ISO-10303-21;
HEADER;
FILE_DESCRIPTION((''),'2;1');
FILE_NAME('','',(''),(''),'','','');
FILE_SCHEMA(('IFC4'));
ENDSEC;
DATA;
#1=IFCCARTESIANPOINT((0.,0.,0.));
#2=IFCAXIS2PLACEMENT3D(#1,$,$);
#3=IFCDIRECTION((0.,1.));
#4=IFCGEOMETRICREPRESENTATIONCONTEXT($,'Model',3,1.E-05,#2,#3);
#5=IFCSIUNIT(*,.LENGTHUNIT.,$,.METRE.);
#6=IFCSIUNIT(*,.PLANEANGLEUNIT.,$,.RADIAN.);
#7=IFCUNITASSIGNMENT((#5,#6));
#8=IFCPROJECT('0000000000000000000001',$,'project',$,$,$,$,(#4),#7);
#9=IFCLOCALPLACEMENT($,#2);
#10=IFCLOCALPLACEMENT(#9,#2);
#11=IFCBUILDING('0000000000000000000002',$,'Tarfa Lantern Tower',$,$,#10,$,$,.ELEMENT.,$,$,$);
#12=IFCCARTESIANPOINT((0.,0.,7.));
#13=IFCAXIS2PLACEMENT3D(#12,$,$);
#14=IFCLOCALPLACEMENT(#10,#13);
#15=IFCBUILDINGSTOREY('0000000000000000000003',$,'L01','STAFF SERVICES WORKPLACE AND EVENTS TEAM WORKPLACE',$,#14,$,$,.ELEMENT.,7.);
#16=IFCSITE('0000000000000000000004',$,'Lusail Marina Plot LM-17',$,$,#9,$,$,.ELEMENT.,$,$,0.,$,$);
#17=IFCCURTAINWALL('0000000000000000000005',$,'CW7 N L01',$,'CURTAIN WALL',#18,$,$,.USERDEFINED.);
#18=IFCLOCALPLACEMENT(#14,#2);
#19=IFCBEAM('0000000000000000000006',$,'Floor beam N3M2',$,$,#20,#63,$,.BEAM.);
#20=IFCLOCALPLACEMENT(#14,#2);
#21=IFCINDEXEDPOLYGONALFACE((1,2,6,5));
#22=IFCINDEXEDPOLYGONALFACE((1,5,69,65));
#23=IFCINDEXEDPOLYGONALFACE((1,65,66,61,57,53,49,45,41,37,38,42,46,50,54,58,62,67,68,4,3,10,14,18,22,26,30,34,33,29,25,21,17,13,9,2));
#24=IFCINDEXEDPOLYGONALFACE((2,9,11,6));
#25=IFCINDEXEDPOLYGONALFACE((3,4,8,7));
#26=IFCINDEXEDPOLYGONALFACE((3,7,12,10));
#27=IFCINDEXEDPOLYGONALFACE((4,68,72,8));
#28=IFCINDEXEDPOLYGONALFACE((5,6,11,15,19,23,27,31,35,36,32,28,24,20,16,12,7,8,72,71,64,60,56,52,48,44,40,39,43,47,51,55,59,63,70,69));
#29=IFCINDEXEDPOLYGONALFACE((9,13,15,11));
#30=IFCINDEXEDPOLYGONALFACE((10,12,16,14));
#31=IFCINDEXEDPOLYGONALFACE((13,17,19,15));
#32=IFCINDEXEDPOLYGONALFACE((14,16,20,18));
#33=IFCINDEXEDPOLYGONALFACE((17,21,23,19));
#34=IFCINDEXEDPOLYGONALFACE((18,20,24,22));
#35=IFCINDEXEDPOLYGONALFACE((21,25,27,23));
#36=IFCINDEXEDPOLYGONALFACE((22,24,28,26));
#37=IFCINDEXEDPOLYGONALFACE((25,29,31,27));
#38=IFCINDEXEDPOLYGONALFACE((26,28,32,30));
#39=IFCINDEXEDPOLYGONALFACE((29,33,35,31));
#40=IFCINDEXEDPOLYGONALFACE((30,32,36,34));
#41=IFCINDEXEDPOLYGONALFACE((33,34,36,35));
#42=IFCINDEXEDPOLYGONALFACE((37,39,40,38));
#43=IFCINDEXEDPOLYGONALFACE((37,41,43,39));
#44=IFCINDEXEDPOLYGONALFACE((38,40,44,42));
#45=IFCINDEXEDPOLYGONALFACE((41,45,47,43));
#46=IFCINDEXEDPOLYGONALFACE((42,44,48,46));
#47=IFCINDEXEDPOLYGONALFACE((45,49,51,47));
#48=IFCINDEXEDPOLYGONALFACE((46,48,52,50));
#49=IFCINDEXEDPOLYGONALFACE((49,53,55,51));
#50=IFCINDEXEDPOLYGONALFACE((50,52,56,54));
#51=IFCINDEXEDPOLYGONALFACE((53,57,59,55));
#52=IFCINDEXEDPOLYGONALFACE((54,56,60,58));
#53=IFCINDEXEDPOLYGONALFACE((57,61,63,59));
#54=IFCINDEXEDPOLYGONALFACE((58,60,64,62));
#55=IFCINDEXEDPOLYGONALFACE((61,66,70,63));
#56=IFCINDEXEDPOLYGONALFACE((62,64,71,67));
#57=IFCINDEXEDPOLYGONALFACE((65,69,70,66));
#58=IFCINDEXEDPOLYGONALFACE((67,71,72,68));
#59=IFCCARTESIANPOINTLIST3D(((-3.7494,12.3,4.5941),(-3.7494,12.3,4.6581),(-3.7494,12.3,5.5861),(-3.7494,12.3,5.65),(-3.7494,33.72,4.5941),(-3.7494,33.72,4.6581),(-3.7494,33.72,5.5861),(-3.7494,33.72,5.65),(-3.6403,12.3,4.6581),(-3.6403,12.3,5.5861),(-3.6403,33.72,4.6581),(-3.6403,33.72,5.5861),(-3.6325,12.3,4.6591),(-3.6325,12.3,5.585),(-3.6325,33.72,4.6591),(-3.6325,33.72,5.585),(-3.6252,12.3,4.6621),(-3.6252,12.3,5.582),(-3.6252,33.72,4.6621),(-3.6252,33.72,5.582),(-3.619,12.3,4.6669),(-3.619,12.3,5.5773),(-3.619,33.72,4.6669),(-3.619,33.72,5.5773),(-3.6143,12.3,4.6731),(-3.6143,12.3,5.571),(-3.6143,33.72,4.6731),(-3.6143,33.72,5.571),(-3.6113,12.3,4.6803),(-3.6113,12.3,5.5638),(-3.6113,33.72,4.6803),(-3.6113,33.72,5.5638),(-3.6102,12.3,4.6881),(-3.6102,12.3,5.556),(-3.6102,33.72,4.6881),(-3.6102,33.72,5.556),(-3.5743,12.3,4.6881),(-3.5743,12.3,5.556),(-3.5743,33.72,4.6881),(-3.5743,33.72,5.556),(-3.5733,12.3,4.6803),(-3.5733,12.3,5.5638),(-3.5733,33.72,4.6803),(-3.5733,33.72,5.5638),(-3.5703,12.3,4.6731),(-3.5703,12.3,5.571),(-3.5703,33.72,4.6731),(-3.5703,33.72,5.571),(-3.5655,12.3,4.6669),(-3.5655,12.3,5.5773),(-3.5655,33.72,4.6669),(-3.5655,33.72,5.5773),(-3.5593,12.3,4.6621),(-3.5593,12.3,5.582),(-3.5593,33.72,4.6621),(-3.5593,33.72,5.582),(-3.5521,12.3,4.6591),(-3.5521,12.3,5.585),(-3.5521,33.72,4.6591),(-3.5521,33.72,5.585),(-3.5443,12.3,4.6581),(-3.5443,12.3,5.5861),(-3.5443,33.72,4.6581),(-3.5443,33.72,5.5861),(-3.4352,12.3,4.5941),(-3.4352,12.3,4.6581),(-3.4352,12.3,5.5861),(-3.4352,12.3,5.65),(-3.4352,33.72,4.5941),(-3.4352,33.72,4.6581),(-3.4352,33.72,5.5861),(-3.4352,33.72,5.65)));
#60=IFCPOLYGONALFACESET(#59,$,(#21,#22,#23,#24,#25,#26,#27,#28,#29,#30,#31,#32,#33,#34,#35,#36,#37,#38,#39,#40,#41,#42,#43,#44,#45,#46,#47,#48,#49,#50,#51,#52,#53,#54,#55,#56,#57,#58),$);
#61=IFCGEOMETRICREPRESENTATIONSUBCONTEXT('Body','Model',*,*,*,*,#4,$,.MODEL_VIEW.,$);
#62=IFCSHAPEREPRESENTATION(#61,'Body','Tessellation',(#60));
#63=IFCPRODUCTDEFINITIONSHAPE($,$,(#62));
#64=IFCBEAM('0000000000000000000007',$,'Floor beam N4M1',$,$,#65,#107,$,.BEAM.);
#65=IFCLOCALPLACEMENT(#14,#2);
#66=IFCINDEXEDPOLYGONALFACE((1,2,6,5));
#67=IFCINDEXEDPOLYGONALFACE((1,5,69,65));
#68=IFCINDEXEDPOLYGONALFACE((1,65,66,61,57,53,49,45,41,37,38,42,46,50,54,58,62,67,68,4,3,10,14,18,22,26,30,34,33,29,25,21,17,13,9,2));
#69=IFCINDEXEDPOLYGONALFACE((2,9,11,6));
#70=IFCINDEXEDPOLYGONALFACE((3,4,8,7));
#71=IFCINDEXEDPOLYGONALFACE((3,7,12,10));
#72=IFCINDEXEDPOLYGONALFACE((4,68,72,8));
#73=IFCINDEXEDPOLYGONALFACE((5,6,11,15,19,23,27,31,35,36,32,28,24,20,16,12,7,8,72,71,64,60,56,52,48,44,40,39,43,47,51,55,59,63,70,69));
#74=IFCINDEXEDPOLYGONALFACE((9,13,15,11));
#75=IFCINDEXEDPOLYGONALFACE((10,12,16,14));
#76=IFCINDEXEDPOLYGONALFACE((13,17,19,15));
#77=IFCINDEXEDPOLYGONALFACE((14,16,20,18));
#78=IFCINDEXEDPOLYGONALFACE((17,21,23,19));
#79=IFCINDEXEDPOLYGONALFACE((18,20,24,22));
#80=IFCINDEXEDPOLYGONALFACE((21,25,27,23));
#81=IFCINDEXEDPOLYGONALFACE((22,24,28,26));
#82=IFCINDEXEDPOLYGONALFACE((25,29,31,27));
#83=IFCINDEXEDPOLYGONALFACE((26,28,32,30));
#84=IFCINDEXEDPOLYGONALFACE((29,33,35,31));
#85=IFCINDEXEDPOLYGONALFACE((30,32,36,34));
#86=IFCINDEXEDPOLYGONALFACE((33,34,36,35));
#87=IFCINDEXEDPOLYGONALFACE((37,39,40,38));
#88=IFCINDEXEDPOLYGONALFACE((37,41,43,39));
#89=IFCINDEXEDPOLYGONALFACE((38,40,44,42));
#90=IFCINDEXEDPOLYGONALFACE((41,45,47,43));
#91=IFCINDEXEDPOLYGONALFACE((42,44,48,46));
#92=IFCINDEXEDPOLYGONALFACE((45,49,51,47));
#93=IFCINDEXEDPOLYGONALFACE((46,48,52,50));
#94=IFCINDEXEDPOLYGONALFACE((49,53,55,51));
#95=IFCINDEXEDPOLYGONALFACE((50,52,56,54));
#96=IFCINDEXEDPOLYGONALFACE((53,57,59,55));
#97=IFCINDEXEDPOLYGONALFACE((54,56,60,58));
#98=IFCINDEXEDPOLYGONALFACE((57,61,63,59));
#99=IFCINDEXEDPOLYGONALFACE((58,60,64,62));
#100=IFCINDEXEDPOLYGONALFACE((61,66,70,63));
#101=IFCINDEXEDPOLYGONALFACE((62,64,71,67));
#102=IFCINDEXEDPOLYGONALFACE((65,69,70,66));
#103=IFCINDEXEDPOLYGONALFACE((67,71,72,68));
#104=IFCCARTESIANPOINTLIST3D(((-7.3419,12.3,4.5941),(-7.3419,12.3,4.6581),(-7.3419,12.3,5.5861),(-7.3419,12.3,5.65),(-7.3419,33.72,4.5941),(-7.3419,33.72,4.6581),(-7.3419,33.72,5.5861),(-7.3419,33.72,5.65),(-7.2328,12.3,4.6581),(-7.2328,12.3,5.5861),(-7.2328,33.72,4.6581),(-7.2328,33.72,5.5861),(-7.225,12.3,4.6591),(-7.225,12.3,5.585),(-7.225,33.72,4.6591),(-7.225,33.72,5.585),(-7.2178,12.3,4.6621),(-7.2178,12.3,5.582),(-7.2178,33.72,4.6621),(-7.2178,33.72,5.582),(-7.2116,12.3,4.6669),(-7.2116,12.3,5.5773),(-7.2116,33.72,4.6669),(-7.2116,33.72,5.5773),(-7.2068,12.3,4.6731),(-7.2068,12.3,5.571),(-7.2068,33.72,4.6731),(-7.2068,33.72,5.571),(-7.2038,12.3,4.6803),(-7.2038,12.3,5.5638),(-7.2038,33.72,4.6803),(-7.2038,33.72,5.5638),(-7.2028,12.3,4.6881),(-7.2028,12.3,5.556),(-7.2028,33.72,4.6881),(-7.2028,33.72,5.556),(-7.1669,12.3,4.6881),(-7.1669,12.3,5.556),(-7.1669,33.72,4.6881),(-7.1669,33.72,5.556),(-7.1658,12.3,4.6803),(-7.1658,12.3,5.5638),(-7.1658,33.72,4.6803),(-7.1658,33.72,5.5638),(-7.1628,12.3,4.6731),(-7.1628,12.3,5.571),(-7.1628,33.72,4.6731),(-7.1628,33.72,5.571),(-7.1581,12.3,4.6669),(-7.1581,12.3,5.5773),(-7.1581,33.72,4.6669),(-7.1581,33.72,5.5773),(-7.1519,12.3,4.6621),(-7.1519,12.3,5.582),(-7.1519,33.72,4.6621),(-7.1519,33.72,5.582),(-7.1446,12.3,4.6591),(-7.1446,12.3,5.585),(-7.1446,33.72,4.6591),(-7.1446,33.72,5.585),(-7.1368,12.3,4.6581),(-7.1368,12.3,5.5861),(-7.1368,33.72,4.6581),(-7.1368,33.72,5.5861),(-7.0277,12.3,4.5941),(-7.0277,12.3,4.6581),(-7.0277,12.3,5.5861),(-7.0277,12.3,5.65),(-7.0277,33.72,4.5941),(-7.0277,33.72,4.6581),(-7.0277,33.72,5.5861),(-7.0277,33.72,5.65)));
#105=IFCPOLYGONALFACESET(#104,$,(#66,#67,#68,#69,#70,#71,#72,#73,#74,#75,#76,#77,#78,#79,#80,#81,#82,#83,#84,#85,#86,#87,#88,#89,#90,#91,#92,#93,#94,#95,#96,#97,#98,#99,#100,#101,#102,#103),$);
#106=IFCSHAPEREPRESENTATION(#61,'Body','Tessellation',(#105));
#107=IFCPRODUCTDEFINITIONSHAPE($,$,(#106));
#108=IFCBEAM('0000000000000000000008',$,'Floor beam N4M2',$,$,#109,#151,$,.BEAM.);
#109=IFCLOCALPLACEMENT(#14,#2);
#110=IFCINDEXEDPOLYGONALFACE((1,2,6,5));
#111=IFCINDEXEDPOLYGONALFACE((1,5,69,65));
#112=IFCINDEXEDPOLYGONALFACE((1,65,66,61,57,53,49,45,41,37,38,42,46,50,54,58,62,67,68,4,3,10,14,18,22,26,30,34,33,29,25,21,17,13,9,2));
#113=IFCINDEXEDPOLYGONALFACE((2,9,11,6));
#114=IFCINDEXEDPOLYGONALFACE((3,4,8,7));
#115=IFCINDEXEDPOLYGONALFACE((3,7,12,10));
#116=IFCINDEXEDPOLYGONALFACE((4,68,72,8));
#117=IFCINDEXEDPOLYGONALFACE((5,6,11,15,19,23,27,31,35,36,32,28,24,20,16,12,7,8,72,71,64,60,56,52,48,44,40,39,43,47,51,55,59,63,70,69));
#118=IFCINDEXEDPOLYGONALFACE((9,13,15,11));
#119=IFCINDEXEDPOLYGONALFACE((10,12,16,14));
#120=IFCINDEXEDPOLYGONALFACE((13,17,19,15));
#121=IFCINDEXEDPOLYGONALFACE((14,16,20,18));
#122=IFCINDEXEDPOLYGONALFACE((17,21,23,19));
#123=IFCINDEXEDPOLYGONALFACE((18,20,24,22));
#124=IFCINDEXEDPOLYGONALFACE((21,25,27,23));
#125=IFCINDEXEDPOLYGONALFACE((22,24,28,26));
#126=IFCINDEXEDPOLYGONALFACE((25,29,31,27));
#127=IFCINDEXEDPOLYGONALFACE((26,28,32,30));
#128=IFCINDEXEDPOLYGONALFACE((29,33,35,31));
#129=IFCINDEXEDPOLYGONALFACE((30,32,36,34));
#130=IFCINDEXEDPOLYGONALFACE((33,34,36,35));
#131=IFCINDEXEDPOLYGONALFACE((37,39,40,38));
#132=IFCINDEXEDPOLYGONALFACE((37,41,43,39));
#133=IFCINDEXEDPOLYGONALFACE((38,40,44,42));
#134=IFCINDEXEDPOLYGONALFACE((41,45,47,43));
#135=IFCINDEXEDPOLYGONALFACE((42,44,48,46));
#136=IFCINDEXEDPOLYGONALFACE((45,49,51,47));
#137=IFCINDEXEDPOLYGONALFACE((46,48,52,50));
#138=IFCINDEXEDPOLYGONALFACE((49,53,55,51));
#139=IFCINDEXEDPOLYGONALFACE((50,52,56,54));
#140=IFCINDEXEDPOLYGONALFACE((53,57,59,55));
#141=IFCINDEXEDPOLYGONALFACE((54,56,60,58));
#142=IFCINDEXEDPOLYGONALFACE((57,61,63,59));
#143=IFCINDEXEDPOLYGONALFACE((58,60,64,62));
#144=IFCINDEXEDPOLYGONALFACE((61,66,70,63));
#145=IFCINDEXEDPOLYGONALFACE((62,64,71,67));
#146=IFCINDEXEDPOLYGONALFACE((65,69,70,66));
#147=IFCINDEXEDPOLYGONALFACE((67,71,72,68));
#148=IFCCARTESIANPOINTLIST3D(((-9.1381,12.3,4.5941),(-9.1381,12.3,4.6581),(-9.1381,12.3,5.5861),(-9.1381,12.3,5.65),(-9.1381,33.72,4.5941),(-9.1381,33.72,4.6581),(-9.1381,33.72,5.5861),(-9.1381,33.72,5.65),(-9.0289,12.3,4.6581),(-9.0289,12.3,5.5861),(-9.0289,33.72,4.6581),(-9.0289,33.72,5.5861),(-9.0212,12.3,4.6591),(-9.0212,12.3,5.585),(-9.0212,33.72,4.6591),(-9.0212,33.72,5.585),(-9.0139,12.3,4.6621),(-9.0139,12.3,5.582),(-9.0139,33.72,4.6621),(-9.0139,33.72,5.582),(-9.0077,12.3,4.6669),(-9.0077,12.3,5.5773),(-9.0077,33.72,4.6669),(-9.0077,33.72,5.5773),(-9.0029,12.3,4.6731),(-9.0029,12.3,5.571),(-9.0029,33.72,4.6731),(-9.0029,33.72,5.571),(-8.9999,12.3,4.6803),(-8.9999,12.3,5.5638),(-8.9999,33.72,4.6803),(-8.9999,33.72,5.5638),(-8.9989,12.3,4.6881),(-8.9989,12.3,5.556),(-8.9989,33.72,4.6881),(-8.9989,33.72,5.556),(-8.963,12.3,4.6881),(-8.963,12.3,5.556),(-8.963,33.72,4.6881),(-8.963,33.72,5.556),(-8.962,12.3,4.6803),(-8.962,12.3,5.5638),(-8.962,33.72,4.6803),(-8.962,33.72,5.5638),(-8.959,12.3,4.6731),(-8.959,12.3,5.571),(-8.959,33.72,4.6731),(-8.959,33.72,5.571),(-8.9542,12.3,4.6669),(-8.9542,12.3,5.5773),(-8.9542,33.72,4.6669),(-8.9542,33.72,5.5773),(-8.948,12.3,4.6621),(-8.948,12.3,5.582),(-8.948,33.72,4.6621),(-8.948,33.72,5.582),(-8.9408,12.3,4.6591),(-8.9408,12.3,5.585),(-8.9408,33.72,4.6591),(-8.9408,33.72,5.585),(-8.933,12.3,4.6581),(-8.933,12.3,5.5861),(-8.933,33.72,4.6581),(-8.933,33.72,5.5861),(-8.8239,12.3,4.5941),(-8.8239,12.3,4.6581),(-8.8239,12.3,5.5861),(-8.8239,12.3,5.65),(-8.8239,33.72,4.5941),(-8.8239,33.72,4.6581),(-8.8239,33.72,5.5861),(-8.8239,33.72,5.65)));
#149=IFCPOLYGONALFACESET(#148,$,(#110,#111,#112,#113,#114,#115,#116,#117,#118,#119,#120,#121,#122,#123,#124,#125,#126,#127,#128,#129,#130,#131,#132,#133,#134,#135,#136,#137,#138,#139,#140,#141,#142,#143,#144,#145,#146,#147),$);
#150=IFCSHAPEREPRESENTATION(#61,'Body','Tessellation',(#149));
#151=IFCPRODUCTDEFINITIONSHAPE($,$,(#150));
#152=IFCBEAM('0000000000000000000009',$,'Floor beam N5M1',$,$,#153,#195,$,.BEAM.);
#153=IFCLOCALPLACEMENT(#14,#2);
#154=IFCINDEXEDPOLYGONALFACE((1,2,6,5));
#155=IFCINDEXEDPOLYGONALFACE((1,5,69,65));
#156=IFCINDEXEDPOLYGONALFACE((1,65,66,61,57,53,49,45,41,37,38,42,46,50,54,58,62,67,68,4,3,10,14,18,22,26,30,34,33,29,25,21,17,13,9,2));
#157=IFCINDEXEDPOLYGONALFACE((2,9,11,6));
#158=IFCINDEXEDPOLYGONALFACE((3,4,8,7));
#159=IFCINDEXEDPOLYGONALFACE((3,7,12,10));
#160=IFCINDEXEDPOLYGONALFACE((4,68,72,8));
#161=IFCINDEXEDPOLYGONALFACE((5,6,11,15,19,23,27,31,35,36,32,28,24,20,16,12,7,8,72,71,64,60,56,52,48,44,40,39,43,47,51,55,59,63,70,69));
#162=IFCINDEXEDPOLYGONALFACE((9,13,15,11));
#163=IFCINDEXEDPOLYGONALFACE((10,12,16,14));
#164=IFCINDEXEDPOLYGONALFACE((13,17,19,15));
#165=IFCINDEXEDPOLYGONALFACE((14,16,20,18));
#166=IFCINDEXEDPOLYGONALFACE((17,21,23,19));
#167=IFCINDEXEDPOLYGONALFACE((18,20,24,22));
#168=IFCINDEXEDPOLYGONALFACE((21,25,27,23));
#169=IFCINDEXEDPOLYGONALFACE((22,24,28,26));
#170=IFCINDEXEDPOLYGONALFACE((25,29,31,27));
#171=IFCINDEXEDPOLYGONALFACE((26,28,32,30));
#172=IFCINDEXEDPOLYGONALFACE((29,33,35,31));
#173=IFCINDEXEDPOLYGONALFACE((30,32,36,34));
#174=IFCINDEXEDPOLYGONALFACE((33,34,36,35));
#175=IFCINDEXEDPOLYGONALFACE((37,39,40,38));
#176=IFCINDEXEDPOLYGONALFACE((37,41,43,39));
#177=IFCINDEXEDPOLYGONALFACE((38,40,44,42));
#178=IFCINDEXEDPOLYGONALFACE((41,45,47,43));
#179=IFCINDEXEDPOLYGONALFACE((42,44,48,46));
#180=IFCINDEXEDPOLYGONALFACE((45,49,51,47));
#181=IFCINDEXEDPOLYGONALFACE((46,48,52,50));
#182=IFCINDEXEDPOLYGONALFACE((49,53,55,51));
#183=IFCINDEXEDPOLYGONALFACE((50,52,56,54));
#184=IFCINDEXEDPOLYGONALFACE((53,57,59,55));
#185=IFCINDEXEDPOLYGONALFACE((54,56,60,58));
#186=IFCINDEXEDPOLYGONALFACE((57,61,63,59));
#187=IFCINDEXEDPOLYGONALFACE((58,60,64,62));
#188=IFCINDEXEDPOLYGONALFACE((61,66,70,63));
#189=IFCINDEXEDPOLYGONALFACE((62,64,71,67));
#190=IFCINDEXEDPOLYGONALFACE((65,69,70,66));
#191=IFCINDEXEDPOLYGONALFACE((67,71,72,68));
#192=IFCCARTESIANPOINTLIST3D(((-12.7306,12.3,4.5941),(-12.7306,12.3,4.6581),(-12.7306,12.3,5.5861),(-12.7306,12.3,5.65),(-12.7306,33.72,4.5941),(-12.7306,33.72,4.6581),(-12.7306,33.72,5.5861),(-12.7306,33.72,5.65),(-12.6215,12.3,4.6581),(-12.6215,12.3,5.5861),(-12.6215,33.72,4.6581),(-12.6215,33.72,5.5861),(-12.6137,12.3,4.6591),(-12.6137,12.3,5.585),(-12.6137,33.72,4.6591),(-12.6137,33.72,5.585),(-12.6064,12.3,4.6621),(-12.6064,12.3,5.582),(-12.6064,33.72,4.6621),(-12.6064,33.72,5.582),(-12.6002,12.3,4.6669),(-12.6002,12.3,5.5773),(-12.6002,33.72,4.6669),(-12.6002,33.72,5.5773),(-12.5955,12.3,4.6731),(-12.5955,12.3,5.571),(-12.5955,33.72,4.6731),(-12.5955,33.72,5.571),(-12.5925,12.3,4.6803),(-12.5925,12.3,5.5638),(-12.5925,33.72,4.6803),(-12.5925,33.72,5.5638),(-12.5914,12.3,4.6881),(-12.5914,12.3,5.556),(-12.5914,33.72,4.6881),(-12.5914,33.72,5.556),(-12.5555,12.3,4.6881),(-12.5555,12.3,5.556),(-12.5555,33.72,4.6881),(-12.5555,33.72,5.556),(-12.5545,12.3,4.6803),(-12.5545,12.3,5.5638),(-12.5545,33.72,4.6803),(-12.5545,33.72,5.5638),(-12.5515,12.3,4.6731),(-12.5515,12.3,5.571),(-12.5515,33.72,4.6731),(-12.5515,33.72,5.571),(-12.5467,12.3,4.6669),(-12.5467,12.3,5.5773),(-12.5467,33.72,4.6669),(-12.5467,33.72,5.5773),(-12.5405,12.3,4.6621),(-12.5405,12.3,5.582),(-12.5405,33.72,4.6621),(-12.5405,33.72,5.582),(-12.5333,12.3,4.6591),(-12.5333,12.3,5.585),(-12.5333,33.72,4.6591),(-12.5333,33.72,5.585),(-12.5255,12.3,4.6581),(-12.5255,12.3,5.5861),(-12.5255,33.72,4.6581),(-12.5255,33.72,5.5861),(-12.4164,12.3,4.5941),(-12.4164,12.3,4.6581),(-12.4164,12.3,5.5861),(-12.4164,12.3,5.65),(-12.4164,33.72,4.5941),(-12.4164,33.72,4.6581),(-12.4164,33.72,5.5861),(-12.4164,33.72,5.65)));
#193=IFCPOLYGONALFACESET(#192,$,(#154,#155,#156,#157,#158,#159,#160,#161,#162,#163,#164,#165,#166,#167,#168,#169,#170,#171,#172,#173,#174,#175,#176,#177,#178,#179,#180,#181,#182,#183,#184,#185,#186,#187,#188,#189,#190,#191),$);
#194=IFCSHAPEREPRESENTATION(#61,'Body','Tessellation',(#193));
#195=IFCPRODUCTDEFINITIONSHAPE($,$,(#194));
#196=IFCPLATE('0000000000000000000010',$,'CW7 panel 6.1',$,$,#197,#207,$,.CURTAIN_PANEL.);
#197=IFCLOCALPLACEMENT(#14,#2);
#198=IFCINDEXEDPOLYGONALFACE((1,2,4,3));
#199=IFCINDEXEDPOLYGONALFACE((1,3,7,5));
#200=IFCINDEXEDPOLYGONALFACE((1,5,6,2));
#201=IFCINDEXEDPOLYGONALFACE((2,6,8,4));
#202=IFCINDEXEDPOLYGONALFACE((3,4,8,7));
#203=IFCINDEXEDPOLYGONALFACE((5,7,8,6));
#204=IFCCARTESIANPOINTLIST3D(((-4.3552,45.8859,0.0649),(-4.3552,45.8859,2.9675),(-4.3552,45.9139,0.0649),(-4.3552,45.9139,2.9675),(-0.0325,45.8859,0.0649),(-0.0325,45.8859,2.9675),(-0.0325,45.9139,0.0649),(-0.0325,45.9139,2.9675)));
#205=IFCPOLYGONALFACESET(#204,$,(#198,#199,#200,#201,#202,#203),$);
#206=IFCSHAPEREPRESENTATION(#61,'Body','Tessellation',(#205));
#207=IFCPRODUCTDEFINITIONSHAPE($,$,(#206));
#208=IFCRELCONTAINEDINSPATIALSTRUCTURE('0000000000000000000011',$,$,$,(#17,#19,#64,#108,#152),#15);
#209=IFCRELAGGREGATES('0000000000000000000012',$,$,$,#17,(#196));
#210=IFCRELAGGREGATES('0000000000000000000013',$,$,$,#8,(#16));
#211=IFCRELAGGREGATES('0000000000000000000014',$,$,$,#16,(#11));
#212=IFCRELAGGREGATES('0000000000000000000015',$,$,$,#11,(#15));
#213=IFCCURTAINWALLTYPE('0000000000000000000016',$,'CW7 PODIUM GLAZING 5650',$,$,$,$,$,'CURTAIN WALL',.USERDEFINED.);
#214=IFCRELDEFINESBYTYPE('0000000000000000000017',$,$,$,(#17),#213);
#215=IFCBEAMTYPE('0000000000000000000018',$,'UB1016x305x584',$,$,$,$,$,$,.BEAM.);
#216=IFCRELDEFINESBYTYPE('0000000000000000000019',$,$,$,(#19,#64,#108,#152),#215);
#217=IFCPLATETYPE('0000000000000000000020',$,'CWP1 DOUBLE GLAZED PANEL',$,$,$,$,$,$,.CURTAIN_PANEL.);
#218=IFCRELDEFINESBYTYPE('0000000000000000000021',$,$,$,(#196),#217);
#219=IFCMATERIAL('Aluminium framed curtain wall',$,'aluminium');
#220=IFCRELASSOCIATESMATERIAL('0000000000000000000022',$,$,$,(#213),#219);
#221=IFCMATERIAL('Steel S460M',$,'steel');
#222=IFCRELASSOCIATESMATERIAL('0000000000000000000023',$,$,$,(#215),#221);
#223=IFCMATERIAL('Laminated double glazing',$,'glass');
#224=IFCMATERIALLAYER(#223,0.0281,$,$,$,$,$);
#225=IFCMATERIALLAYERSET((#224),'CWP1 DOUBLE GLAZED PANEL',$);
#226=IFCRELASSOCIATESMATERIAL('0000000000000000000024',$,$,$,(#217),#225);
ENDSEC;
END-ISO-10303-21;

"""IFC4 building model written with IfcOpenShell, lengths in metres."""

from ifc_helpers import new_model, si_unit, direction, frame, origin, origin_2d, place, context, subcontext, project, spatial, rectangle, i_section, extrude, material, layer, layer_set, material_profile, profile_set, type_object, element, aggregate, save


model = new_model("IFC4")

# Units and contexts
model_context = context("Model", 3, precision=1e-05, world=origin(), true_north=direction((0.0, 1.0)))
body_context = subcontext(model_context, "Body", "Model", "MODEL_VIEW")
ifc_project = project(units=[si_unit("LENGTHUNIT", "METRE"), si_unit("PLANEANGLEUNIT", "RADIAN")], contexts=[model_context])

# Site, building, storey
site_placement = place(None, origin())
site = spatial("IfcSite", under=ifc_project, at=site_placement, Name="Lusail Marina Plot LM-17", CompositionType="ELEMENT", RefElevation=0.0)
building_placement = place(site_placement, origin())
building = spatial("IfcBuilding", under=site, at=building_placement, Name="Tarfa Lantern Tower", CompositionType="ELEMENT")
storey_placement = place(building_placement, frame((0.0, 0.0, 7.0)))
storey = spatial("IfcBuildingStorey", under=building, at=storey_placement, Name="L01", Description="STAFF SERVICES WORKPLACE AND EVENTS TEAM WORKPLACE", CompositionType="ELEMENT", Elevation=7.0)

# Curtain wall
ifc_material_1 = material(Name="Aluminium framed curtain wall", Category="aluminium")
curtain_wall_type = type_object("IfcCurtainWallType", Name="CW7 PODIUM GLAZING 5650", ElementType="CURTAIN WALL", PredefinedType="USERDEFINED", material=ifc_material_1)
curtain_wall_placement = place(storey_placement, origin())
curtain_wall = element("IfcCurtainWall", 1, at=curtain_wall_placement, inside=storey, type_object=curtain_wall_type, Name="CW7 N L01", ObjectType="CURTAIN WALL", PredefinedType="USERDEFINED")

# Beams
ifc_material_2 = material(Name="Steel S460M", Category="steel")
ifc_material_profile_1 = material_profile(ifc_material_2, i_section(OverallWidth=0.3142, OverallDepth=1.0559, WebThickness=0.0359, FlangeThickness=0.064, FilletRadius=0.03, at=origin_2d()), Name="UB1016x305x584")
ifc_profile_set_1 = profile_set([ifc_material_profile_1], Name="Steel S460M")
beam_type_1 = type_object("IfcBeamType", Name="UB1016x305x584", PredefinedType="BEAM", material=ifc_profile_set_1)
for number, where, z_axis, x_axis, name in (
    (2, (-3.5923, 33.72, 5.1221), (0.0, -1.0, 0.0), (1.0, 0.0, 0.0), "Floor beam N3M2"),
    (3, (-7.1848, 33.72, 5.1221), (0.0, -1.0, 0.0), (1.0, 0.0, 0.0), "Floor beam N4M1"),
    (4, (-8.981, 33.72, 5.1221), (0.0, -1.0, 0.0), (1.0, 0.0, 0.0), "Floor beam N4M2"),
    (5, (-12.5735, 33.72, 5.1221), (0.0, -1.0, 0.0), (1.0, 0.0, 0.0), "Floor beam N5M1"),
):
    element("IfcBeam", number, at=place(storey_placement, frame(where, z_axis=z_axis, x_axis=x_axis)), inside=storey, type_object=beam_type_1, Name=name, PredefinedType="BEAM", context=body_context, shape_type="SweptSolid", body=[
        extrude(i_section(OverallWidth=0.3142, OverallDepth=1.0559, WebThickness=0.0359, FlangeThickness=0.064, FilletRadius=0.03, at=origin_2d()), origin(), (0.0, 0.0, 1.0), 21.4199),
    ])

# Plate
ifc_material_3 = material(Name="Laminated double glazing", Category="glass")
ifc_layer_1 = layer(ifc_material_3, 0.0281)
ifc_layer_set_1 = layer_set([ifc_layer_1], Name="CWP1 DOUBLE GLAZED PANEL")
plate_type = type_object("IfcPlateType", Name="CWP1 DOUBLE GLAZED PANEL", PredefinedType="CURTAIN_PANEL", material=ifc_layer_set_1)
plate_1_placement = place(storey_placement, frame((-2.1938, 45.8999, 0.0649), z_axis=(0.0, 0.0, 1.0), x_axis=(-1.0, 0.0, 0.0)))
plate_1 = element("IfcPlate", 6, at=plate_1_placement, type_object=plate_type, Name="CW7 panel 6.1", PredefinedType="CURTAIN_PANEL", context=body_context, shape_type="SweptSolid", body=[
    extrude(rectangle(XDim=4.3228, YDim=0.0281, at=origin_2d()), origin(), (0.0, 0.0, 1.0), 2.9026),
])
aggregate(curtain_wall, [plate_1])

save(model, "model.ifc")
